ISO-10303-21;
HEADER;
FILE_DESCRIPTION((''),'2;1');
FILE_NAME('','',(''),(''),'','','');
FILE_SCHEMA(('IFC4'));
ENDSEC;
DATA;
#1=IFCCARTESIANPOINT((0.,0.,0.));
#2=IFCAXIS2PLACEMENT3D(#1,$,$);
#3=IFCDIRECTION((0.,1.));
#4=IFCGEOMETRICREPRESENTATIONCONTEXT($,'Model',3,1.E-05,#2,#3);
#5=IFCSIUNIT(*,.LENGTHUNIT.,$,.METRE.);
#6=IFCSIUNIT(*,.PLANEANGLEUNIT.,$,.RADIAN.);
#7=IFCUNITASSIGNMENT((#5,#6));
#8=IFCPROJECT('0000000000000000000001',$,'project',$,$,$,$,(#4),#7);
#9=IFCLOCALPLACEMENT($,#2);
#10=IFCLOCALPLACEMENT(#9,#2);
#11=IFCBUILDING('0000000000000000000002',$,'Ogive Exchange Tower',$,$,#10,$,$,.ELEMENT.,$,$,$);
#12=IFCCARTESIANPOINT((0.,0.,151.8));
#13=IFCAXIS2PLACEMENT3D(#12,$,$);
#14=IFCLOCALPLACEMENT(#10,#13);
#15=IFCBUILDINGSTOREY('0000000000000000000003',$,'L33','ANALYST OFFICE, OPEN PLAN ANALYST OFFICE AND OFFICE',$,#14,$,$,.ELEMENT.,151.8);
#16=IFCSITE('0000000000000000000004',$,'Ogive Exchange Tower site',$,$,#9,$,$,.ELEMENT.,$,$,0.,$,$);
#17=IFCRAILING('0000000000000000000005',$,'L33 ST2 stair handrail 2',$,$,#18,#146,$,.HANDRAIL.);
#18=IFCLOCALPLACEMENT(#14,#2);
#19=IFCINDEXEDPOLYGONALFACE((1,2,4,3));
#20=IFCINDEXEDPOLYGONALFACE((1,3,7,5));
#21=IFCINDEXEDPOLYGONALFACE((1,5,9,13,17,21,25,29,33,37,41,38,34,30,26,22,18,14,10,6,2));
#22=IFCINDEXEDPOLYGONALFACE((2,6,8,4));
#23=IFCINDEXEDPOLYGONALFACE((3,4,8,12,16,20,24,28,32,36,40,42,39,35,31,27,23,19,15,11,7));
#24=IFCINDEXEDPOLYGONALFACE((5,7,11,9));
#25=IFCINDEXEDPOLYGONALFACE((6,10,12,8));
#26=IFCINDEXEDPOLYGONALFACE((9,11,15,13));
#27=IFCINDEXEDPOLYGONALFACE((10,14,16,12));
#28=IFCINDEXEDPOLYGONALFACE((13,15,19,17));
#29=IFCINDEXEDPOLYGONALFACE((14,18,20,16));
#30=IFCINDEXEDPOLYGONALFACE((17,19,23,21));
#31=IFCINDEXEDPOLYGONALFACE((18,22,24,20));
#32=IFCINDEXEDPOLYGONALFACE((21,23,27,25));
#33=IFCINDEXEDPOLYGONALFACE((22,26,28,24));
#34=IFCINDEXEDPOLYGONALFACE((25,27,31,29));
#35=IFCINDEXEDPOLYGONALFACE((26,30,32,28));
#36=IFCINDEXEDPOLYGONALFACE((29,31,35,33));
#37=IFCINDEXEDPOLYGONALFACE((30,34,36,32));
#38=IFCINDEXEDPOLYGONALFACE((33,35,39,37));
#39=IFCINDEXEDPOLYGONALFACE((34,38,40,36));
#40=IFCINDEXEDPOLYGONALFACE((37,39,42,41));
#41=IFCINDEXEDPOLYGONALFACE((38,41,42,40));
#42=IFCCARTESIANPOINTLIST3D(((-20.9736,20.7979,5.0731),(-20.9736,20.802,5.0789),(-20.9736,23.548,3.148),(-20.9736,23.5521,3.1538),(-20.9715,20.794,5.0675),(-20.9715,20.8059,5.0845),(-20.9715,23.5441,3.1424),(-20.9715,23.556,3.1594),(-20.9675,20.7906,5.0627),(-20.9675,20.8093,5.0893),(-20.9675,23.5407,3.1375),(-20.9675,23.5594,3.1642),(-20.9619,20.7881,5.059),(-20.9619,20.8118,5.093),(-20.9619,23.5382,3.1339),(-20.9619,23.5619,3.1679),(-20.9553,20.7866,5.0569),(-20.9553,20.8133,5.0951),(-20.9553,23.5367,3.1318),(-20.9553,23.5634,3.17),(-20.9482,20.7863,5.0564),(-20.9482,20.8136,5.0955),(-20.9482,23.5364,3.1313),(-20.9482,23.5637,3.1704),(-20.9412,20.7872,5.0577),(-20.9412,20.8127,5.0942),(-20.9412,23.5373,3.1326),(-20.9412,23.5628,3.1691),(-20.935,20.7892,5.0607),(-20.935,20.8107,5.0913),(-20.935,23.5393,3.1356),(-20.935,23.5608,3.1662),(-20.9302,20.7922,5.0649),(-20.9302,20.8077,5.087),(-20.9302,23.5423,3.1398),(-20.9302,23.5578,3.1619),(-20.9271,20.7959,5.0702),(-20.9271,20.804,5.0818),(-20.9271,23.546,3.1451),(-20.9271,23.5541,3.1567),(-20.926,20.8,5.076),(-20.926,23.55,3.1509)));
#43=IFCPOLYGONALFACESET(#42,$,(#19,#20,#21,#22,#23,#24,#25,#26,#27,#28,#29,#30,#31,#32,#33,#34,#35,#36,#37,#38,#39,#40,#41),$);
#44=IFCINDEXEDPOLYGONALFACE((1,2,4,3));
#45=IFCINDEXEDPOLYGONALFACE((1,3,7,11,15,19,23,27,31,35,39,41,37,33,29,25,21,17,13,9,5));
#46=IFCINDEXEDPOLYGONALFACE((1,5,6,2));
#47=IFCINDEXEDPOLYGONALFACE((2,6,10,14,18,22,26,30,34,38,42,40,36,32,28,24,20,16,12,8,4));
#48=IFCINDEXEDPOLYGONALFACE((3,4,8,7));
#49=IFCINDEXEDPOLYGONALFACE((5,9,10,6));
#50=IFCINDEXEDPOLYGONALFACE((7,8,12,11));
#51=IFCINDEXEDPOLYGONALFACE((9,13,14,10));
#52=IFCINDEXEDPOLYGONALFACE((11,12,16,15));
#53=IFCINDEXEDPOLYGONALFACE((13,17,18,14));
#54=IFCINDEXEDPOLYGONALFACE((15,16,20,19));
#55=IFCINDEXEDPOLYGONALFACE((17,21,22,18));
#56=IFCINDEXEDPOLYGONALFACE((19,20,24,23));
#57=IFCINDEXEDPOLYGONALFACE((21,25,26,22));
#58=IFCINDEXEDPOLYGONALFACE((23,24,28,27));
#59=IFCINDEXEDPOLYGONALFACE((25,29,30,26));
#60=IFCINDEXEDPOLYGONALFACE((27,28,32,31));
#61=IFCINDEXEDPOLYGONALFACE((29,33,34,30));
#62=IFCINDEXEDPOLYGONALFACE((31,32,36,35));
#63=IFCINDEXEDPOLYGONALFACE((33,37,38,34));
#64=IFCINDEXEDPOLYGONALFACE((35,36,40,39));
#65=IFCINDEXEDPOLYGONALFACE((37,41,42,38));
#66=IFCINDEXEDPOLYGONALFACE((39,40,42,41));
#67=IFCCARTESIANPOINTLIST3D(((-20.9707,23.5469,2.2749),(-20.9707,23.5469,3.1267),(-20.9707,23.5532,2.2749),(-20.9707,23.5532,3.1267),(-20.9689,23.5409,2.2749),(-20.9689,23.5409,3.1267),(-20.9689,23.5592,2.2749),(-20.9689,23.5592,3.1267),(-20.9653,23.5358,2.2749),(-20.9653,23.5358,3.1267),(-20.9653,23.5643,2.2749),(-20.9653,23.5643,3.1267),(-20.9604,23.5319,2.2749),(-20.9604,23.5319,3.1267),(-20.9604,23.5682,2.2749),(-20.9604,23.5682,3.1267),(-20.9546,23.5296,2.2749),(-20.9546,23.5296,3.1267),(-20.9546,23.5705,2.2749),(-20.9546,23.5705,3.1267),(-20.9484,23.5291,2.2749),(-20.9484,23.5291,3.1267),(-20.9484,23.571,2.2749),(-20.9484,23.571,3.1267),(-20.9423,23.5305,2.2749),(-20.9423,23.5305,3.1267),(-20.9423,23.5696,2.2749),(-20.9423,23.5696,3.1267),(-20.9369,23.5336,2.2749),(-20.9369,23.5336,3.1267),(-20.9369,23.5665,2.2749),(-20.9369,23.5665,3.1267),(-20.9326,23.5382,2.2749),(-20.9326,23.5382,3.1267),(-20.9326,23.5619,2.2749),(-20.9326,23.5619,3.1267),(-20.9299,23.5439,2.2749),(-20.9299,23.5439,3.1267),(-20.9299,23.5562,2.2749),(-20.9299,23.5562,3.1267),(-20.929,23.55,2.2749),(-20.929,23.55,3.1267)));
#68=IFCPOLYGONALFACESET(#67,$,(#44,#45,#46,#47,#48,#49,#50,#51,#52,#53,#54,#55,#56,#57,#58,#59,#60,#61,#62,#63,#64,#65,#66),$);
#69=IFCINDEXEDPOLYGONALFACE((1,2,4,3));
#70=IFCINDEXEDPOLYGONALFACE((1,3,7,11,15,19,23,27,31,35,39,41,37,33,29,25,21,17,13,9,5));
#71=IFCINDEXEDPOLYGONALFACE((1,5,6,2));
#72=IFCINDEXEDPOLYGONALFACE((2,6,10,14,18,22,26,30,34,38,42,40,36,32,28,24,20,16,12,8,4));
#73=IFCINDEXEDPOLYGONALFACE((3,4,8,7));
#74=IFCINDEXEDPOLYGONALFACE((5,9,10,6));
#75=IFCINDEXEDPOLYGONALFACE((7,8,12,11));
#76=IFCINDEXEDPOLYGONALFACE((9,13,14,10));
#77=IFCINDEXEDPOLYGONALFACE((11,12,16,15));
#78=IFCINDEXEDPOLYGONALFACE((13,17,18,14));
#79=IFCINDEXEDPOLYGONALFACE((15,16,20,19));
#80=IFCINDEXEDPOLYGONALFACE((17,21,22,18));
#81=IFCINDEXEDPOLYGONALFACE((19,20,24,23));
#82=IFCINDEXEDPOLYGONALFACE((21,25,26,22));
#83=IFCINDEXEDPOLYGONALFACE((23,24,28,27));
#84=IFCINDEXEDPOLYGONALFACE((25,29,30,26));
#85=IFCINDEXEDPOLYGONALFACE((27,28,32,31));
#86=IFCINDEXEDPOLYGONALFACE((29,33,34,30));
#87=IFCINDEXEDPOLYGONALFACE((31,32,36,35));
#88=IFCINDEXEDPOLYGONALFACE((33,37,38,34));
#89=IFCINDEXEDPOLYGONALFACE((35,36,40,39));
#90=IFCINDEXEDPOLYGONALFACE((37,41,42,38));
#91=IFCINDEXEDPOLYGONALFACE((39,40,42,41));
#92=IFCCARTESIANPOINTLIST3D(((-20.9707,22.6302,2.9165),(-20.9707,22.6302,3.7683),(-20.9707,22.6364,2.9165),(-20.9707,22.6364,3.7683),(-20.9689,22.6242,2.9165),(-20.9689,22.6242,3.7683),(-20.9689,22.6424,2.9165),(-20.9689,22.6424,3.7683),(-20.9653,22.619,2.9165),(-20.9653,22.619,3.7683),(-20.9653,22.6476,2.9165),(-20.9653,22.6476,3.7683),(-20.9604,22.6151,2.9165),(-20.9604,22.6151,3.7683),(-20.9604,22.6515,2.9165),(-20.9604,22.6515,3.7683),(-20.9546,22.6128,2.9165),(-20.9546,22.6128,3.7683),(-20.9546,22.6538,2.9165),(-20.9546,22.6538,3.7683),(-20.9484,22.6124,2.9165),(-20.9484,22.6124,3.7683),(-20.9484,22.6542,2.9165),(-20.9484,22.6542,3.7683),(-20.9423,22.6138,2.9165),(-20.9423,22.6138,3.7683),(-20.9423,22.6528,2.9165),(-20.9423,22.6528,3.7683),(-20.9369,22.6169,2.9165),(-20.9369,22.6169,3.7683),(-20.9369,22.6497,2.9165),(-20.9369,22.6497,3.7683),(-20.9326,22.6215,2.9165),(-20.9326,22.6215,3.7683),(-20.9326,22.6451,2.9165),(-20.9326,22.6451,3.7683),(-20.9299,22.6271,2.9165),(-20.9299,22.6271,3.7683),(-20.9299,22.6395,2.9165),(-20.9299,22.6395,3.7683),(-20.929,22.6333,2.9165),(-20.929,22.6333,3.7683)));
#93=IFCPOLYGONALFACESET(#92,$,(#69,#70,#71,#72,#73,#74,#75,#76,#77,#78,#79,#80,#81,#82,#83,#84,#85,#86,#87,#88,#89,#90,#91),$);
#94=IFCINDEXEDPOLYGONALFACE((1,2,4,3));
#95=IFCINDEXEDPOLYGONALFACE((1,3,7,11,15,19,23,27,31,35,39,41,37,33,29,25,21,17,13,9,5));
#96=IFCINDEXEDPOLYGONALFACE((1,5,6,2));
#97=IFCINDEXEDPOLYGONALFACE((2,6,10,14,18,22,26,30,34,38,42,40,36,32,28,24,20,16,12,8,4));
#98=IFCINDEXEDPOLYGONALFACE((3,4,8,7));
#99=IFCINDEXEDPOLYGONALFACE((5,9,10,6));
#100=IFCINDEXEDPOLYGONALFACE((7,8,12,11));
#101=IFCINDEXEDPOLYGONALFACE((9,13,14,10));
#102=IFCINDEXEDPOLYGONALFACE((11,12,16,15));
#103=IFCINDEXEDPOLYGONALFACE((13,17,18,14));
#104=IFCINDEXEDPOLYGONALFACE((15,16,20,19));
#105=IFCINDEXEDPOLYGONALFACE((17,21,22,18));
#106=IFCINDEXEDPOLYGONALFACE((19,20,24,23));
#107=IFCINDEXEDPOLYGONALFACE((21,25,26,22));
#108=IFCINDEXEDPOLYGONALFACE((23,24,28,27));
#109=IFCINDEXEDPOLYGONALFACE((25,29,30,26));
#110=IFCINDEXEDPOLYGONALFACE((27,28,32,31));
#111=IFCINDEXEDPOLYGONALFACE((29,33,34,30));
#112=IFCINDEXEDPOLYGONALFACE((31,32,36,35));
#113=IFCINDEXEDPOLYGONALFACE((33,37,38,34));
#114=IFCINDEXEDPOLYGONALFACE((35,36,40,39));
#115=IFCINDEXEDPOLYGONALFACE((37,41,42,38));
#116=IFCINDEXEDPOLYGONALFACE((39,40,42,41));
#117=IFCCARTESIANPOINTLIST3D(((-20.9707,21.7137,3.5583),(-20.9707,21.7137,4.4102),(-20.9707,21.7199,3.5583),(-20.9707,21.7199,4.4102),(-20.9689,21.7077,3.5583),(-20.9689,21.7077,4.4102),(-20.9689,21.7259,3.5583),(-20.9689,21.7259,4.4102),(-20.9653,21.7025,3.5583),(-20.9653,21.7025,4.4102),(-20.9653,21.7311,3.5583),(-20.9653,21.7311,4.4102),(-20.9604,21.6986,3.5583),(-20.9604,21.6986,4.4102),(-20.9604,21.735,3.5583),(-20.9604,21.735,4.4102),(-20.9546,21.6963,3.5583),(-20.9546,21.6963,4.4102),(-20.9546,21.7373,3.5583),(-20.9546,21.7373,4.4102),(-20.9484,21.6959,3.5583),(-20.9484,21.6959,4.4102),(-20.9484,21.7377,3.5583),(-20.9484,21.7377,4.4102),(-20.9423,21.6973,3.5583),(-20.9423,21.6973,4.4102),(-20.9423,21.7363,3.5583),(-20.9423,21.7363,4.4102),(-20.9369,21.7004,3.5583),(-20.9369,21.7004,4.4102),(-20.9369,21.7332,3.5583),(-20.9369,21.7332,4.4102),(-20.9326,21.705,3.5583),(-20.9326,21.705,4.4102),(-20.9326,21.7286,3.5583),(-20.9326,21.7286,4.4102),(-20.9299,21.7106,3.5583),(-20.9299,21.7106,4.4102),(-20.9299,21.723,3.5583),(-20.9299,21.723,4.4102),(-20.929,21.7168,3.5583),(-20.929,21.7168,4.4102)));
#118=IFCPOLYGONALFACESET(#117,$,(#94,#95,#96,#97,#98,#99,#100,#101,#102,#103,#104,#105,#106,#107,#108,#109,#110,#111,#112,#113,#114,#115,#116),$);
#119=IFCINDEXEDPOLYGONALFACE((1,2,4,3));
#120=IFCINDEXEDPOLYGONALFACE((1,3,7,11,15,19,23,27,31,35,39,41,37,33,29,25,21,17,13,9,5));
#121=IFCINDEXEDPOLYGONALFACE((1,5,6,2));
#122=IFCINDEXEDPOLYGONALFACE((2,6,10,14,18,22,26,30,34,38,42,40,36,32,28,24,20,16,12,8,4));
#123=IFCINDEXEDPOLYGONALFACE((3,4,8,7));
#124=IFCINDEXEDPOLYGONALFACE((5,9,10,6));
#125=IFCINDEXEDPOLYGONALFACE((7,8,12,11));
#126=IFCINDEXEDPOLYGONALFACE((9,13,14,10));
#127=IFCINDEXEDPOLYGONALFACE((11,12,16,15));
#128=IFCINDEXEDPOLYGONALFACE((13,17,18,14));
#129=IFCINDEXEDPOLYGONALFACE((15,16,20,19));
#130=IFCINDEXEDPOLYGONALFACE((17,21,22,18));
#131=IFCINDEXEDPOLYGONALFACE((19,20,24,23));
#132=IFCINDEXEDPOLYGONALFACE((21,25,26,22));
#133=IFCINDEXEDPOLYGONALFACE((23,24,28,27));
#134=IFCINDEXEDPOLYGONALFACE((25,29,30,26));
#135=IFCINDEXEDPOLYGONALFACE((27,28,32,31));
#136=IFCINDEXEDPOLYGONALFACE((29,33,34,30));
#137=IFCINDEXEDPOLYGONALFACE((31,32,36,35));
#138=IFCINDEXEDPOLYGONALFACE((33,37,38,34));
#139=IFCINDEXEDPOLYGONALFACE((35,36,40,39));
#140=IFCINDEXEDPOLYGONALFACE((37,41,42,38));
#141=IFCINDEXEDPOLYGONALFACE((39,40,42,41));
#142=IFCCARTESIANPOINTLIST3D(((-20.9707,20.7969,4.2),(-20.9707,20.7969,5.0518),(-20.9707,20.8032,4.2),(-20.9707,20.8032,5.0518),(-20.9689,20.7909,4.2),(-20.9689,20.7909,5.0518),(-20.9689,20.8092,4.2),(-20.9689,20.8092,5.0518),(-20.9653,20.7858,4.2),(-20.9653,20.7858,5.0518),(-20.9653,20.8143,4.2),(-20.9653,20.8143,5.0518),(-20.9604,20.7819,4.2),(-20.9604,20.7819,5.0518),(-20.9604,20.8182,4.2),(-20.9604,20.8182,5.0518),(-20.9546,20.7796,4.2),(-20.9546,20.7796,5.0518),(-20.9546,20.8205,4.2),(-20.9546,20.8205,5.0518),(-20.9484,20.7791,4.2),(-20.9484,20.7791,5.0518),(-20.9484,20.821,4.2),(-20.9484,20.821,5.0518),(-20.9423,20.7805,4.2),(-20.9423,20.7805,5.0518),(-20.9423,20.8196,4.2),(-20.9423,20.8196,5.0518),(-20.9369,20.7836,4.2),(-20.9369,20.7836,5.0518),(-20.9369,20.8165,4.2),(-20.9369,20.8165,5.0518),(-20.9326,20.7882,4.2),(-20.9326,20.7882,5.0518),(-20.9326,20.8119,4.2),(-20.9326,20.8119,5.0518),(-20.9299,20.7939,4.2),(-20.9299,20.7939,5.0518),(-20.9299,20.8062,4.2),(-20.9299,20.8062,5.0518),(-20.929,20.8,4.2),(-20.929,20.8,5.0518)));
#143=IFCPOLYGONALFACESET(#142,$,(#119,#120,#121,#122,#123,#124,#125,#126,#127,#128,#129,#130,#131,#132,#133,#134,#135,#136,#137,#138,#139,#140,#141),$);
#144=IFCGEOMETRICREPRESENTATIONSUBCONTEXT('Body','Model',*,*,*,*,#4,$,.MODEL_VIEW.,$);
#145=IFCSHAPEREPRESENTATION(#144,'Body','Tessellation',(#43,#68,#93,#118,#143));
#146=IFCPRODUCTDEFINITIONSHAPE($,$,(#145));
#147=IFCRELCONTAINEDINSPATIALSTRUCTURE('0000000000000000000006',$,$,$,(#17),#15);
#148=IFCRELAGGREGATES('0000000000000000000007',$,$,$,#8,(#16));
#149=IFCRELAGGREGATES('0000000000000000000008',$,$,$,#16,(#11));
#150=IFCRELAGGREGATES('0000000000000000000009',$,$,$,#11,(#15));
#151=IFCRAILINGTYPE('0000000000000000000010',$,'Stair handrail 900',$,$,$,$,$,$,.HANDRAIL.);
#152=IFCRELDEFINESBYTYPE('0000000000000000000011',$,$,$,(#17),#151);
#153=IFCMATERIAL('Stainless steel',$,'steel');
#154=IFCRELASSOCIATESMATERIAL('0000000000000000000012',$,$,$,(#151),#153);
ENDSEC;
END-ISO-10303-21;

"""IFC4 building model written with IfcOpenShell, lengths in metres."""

from ifc_helpers import new_model, si_unit, direction, frame, origin, origin_2d, place, context, subcontext, project, spatial, circle, extrude, material, type_object, element, save


model = new_model("IFC4")

# Units and contexts
model_context = context("Model", 3, precision=1e-05, world=origin(), true_north=direction((0.0, 1.0)))
body_context = subcontext(model_context, "Body", "Model", "MODEL_VIEW")
ifc_project = project(units=[si_unit("LENGTHUNIT", "METRE"), si_unit("PLANEANGLEUNIT", "RADIAN")], contexts=[model_context])

# Site, building, storey
site_placement = place(None, origin())
site = spatial("IfcSite", under=ifc_project, at=site_placement, Name="Ogive Exchange Tower site", CompositionType="ELEMENT", RefElevation=0.0)
building_placement = place(site_placement, origin())
building = spatial("IfcBuilding", under=site, at=building_placement, Name="Ogive Exchange Tower", CompositionType="ELEMENT")
storey_placement = place(building_placement, frame((0.0, 0.0, 151.8)))
storey = spatial("IfcBuildingStorey", under=building, at=storey_placement, Name="L33", Description="ANALYST OFFICE, OPEN PLAN ANALYST OFFICE AND OFFICE", CompositionType="ELEMENT", Elevation=151.8)

# Railing
ifc_material_1 = material(Name="Stainless steel", Category="steel")
railing_type = type_object("IfcRailingType", Name="Stair handrail 900", PredefinedType="HANDRAIL", material=ifc_material_1)
railing_placement = place(storey_placement, frame((-20.95, 23.55, 2.2749)))
element("IfcRailing", 1, at=railing_placement, inside=storey, type_object=railing_type, Name="L33 ST2 stair handrail 2", PredefinedType="HANDRAIL", context=body_context, shape_type="SweptSolid", body=[
    extrude(circle(Radius=0.0239, at=origin_2d()), frame((0.0, 0.0, 0.876), z_axis=(0.0, -0.819225, 0.573472), x_axis=(1.0, 0.0, 0.0)), (0.0, 0.0, 1.0), 3.3569),
    extrude(circle(Radius=0.021, at=origin_2d()), origin(), (0.0, 0.0, 1.0), 0.8518),
    extrude(circle(Radius=0.021, at=origin_2d()), frame((0.0, -0.9167, 0.6416)), (0.0, 0.0, 1.0), 0.8518),
    extrude(circle(Radius=0.021, at=origin_2d()), frame((0.0, -1.8333, 1.2834)), (0.0, 0.0, 1.0), 0.8518),
    extrude(circle(Radius=0.021, at=origin_2d()), frame((0.0, -2.75, 1.925)), (0.0, 0.0, 1.0), 0.8518),
])

save(model, "model.ifc")
